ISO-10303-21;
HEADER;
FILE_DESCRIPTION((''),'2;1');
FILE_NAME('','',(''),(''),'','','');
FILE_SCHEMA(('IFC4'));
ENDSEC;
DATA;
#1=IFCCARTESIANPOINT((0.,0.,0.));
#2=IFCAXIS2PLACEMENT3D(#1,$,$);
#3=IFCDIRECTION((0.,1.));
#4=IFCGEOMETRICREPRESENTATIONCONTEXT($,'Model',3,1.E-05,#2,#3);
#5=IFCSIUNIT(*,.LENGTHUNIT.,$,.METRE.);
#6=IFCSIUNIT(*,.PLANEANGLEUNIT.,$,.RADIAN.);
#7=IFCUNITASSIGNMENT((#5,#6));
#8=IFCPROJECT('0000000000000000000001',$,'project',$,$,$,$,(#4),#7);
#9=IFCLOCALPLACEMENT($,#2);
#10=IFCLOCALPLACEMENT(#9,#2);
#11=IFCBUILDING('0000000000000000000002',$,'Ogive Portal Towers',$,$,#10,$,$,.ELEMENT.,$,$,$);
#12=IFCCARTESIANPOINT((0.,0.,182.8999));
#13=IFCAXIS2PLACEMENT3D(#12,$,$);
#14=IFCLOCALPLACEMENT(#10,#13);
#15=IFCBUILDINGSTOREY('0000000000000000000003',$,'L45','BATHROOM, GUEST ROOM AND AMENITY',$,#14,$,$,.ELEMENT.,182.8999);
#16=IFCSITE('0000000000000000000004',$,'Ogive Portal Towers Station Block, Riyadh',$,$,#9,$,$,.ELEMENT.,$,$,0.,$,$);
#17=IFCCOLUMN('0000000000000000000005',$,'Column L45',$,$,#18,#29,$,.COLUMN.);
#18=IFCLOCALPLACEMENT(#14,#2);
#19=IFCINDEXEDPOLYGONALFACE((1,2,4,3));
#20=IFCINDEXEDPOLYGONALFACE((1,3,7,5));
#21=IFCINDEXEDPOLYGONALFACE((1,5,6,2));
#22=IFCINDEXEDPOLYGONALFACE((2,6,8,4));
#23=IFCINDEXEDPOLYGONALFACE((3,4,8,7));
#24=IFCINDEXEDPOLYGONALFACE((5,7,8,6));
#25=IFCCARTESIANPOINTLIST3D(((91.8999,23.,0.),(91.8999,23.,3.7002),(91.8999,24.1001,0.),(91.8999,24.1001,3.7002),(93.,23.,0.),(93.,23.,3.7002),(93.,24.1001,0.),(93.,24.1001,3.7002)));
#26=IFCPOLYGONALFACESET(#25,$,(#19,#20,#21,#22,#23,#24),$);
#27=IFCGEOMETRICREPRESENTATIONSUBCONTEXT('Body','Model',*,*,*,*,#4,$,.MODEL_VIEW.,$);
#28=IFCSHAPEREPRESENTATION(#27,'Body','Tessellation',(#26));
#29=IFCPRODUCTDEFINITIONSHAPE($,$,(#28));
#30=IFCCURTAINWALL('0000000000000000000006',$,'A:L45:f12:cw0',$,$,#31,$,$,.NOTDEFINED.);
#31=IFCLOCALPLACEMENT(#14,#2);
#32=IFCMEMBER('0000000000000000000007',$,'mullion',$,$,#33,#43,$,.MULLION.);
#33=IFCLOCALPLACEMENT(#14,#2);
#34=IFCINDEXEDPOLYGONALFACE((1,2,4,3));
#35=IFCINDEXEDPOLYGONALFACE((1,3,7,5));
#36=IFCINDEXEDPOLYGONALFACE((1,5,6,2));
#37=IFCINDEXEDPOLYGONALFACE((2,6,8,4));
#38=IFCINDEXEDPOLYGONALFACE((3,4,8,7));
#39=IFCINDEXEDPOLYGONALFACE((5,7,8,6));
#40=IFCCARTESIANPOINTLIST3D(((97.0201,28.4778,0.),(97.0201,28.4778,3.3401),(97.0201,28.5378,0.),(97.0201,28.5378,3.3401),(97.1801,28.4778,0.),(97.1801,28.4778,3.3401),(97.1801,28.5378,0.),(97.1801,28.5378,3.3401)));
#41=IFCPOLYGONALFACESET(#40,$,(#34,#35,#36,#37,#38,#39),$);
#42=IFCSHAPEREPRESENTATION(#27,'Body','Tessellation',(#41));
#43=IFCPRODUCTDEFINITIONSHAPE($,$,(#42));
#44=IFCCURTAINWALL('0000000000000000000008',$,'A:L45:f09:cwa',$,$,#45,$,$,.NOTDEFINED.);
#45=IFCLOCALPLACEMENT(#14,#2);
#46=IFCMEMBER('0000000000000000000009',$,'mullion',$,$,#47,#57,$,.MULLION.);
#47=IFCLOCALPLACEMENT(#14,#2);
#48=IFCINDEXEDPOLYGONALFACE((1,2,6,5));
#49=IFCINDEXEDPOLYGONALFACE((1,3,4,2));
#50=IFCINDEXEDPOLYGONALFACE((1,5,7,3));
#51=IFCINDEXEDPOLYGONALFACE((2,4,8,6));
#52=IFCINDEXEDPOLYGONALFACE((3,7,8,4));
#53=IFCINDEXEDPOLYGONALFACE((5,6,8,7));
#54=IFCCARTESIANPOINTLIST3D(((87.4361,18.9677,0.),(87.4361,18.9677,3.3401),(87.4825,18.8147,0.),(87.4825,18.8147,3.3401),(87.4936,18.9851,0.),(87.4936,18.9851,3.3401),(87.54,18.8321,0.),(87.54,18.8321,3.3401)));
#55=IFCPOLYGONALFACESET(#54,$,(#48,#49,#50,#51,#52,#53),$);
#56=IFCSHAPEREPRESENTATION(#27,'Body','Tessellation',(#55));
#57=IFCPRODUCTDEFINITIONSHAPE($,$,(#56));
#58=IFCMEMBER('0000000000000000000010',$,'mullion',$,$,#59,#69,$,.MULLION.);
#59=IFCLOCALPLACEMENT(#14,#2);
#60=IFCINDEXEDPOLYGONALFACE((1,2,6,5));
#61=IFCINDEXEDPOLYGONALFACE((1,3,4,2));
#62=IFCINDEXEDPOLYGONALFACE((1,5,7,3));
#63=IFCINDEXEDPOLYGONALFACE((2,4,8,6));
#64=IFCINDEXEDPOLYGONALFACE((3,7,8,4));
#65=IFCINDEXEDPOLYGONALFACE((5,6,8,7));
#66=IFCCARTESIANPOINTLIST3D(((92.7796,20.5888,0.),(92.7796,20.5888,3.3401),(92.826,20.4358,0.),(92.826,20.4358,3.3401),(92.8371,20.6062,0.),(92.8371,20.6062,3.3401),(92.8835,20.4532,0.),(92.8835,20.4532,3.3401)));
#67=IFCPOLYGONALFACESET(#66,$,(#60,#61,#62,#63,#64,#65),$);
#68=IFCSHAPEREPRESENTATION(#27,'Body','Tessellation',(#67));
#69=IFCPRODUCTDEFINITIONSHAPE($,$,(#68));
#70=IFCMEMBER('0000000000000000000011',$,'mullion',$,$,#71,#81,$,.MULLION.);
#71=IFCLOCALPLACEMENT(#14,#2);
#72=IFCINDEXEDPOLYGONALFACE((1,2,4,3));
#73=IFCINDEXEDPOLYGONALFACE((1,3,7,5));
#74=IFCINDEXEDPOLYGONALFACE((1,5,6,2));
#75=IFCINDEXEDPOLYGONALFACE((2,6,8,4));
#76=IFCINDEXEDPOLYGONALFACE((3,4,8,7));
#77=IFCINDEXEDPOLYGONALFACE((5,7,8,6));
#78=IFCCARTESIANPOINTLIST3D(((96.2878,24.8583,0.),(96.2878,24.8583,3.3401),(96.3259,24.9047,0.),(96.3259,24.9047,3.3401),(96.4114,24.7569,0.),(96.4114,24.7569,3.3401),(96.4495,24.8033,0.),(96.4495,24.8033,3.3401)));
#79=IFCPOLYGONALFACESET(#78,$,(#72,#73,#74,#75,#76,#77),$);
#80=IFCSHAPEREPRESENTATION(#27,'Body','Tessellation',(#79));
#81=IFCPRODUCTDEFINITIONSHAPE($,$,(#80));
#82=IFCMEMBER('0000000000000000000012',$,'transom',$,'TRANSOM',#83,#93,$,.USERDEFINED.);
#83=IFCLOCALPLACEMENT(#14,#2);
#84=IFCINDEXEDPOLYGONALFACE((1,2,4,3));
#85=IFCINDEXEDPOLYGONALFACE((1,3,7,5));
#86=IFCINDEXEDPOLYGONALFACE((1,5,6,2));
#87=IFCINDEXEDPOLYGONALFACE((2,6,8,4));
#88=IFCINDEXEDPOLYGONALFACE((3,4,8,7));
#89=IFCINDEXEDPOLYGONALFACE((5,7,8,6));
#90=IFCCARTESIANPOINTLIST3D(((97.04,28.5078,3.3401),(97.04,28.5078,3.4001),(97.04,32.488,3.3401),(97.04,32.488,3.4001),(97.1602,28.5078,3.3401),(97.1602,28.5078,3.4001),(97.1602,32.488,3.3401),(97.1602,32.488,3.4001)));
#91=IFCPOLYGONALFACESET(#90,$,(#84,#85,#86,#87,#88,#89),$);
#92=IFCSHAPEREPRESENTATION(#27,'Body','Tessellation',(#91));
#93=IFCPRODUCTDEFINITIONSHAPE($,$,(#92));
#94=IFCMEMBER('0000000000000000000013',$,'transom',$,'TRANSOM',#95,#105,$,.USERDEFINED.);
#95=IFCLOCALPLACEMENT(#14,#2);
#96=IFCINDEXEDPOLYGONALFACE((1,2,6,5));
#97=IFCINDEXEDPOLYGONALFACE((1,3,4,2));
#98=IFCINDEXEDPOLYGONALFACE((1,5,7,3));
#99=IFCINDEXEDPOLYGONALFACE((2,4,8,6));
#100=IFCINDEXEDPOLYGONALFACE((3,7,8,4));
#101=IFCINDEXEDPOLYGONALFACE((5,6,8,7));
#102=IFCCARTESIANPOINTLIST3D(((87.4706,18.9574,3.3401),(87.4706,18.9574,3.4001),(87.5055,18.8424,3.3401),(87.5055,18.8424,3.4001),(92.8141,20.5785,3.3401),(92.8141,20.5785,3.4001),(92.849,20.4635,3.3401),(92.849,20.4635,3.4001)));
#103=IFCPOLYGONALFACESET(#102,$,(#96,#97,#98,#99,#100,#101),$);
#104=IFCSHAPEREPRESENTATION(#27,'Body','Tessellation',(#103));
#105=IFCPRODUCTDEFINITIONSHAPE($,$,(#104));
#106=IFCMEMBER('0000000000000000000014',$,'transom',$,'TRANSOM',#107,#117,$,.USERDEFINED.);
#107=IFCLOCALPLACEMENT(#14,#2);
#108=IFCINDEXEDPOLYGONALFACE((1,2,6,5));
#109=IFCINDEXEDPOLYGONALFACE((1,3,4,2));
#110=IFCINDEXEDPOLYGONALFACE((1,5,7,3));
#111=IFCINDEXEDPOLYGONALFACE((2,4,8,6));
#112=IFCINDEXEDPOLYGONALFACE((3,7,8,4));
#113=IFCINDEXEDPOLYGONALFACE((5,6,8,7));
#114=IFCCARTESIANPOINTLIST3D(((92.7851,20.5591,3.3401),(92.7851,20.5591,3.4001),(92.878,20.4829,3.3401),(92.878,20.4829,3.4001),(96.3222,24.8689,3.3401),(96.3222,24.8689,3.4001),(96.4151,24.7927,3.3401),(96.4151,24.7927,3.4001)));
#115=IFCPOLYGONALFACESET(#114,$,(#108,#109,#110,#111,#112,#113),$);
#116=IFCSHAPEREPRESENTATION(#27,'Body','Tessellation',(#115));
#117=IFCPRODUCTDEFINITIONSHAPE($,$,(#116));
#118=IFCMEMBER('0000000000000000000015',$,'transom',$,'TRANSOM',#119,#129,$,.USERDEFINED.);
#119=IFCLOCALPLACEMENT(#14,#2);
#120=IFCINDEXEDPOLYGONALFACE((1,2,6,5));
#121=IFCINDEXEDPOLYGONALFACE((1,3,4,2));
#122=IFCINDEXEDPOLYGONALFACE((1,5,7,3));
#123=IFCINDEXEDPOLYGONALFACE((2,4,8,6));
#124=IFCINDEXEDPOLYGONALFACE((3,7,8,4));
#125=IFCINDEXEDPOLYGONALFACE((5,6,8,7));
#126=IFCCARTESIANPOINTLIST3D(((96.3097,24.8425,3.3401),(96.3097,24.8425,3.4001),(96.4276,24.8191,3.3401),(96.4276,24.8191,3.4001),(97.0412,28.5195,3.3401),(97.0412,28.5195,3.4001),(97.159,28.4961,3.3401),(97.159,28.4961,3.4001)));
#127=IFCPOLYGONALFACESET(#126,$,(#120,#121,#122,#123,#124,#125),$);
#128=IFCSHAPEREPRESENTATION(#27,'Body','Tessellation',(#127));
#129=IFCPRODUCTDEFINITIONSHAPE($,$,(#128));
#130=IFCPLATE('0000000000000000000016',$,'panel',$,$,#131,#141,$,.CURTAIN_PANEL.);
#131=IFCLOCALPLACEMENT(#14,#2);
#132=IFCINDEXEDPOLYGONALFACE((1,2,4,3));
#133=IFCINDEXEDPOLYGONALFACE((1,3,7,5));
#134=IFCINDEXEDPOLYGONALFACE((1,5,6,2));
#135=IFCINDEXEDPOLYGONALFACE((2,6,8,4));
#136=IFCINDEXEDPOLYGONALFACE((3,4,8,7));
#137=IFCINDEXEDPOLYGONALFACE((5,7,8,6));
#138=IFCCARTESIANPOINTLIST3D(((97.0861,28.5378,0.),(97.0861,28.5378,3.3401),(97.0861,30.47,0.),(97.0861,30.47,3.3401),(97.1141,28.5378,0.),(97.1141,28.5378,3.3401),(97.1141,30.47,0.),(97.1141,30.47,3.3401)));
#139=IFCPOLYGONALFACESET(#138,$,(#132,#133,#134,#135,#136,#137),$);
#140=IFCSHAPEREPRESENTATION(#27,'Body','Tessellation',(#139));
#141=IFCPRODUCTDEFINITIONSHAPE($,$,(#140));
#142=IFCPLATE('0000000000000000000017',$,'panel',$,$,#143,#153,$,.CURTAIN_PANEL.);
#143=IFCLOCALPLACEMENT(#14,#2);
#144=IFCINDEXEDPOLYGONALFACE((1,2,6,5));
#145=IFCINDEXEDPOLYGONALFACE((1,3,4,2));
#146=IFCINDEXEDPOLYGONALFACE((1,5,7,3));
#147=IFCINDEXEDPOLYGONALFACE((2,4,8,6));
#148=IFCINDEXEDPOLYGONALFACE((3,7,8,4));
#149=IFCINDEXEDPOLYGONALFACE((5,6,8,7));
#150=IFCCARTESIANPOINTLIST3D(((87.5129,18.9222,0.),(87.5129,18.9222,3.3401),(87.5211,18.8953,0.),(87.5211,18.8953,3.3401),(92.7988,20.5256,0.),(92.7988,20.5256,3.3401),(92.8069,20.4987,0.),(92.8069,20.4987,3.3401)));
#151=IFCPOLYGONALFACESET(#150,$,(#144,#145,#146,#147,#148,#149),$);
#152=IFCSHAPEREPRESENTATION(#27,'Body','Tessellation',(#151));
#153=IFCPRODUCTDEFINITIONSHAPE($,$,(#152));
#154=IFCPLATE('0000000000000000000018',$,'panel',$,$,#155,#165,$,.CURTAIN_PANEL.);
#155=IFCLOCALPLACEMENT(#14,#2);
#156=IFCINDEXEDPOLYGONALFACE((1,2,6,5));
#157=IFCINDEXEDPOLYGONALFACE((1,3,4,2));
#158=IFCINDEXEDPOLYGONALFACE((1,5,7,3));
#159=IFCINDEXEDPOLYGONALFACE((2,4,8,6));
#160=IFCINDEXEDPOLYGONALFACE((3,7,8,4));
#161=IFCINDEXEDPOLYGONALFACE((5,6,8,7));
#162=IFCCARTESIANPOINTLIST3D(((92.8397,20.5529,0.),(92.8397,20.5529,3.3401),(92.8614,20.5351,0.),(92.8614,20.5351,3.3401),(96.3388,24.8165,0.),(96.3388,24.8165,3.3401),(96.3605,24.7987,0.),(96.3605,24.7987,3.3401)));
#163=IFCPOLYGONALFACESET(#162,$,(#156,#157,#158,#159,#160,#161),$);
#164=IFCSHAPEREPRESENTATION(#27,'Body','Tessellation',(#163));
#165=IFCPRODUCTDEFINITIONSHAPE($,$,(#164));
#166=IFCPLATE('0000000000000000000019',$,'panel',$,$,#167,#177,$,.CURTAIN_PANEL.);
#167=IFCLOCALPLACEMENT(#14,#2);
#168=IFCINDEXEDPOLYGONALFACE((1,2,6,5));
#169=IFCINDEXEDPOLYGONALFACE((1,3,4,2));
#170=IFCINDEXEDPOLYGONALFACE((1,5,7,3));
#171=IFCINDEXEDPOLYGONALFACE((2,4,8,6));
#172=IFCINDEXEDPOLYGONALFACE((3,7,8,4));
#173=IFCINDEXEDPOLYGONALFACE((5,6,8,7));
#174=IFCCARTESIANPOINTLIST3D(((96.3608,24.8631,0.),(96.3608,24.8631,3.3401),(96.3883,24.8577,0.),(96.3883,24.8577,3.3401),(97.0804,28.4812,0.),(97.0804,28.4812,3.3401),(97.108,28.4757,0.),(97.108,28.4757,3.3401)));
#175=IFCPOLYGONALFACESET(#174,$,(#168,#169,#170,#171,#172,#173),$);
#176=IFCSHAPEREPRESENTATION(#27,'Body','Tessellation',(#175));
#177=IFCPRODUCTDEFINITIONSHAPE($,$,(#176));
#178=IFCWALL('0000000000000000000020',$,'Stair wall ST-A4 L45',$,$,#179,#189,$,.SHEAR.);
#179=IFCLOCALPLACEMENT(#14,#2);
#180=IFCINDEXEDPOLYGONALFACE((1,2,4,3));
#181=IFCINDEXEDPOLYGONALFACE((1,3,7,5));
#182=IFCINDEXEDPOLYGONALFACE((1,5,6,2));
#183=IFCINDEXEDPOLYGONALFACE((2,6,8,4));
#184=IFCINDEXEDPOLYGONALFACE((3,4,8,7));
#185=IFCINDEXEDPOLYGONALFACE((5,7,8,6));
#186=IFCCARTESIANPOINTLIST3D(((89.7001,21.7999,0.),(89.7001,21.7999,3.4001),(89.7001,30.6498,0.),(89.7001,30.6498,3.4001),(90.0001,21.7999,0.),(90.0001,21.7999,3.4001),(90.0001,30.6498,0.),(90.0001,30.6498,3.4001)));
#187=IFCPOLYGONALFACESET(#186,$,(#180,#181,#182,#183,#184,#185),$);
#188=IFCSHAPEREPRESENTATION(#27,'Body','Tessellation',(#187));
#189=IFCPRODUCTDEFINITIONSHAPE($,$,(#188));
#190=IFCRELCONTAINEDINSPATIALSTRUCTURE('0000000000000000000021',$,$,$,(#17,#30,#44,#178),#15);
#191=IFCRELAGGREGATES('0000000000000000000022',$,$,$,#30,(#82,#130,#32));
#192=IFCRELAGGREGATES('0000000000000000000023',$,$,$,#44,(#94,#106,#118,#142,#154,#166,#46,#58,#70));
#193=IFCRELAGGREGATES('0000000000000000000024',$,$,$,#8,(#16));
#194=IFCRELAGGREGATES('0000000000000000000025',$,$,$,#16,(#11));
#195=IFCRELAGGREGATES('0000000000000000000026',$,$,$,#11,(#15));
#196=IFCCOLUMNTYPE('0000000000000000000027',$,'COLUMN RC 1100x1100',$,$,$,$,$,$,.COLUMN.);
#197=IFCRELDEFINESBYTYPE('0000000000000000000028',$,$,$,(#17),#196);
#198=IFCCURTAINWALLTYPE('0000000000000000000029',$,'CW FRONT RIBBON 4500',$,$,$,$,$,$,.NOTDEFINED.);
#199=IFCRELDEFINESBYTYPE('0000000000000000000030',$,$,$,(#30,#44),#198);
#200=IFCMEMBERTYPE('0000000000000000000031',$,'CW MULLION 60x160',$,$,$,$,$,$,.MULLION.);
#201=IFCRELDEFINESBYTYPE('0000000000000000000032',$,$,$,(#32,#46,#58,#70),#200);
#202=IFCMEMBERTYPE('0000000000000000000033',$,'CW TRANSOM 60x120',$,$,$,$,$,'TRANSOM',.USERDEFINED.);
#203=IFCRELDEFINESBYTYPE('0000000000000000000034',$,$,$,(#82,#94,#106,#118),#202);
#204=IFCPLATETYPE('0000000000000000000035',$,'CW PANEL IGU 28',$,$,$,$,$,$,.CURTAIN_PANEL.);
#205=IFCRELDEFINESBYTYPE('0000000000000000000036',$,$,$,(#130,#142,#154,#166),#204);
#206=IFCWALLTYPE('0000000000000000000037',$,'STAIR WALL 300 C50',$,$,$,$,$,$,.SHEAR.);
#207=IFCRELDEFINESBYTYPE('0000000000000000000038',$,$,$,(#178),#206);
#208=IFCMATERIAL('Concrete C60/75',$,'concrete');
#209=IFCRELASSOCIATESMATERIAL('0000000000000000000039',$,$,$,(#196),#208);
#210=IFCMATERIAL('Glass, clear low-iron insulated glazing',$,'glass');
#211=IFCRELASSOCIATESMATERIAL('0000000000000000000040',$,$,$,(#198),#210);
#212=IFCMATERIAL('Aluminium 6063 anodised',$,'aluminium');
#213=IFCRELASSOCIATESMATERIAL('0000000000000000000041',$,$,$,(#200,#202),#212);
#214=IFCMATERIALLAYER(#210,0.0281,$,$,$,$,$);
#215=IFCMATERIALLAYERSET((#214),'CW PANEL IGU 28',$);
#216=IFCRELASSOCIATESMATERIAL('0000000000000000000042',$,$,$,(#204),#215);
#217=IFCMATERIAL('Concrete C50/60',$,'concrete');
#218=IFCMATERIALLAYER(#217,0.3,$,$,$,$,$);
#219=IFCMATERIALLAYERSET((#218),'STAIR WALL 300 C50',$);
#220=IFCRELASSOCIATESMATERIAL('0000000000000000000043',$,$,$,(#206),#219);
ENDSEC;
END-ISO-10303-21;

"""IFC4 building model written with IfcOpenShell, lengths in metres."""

from ifc_helpers import new_model, si_unit, direction, frame, frame_2d, origin, origin_2d, place, context, subcontext, project, spatial, rectangle, extrude, material, layer, layer_set, material_profile, profile_set, type_object, element, aggregate, save


model = new_model("IFC4")

# Units and contexts
model_context = context("Model", 3, precision=1e-05, world=origin(), true_north=direction((0.0, 1.0)))
body_context = subcontext(model_context, "Body", "Model", "MODEL_VIEW")
ifc_project = project(units=[si_unit("LENGTHUNIT", "METRE"), si_unit("PLANEANGLEUNIT", "RADIAN")], contexts=[model_context])

# Site, building, storey
site_placement = place(None, origin())
site = spatial("IfcSite", under=ifc_project, at=site_placement, Name="Ogive Portal Towers Station Block, Riyadh", CompositionType="ELEMENT", RefElevation=0.0)
building_placement = place(site_placement, origin())
building = spatial("IfcBuilding", under=site, at=building_placement, Name="Ogive Portal Towers", CompositionType="ELEMENT")
storey_placement = place(building_placement, frame((0.0, 0.0, 182.8999)))
storey = spatial("IfcBuildingStorey", under=building, at=storey_placement, Name="L45", Description="BATHROOM, GUEST ROOM AND AMENITY", CompositionType="ELEMENT", Elevation=182.8999)

# Column
ifc_material_1 = material(Name="Concrete C60/75", Category="concrete")
ifc_material_profile_1 = material_profile(ifc_material_1, rectangle(XDim=1.1001, YDim=1.1001, at=origin_2d()), Name="RC 1100x1100")
ifc_profile_set_1 = profile_set([ifc_material_profile_1], Name="Concrete C60/75")
column_type = type_object("IfcColumnType", Name="COLUMN RC 1100x1100", PredefinedType="COLUMN", material=ifc_profile_set_1)
column_placement = place(storey_placement, frame((92.45, 23.55, 0.0), z_axis=(0.0, 0.0, 1.0), x_axis=(1.0, 0.0, 0.0)))
element("IfcColumn", 1, at=column_placement, inside=storey, type_object=column_type, Name="Column L45", PredefinedType="COLUMN", context=body_context, shape_type="SweptSolid", body=[
    extrude(rectangle(XDim=1.1001, YDim=1.1001, at=origin_2d()), origin(), (0.0, 0.0, 1.0), 3.7002),
])

# Curtain wall, member
ifc_material_2 = material(Name="Glass, clear low-iron insulated glazing", Category="glass")
curtain_wall_type = type_object("IfcCurtainWallType", Name="CW FRONT RIBBON 4500", PredefinedType="NOTDEFINED", material=ifc_material_2)
curtain_wall_1_placement = place(storey_placement, origin())
curtain_wall_1 = element("IfcCurtainWall", 2, at=curtain_wall_1_placement, inside=storey, type_object=curtain_wall_type, Name="A:L45:f12:cw0", PredefinedType="NOTDEFINED")
ifc_material_3 = material(Name="Aluminium 6063 anodised", Category="aluminium")
ifc_material_profile_2 = material_profile(ifc_material_3, rectangle(XDim=0.1599, YDim=0.0601, at=origin_2d()), Name="AL 60x160")
ifc_profile_set_2 = profile_set([ifc_material_profile_2], Name="Aluminium 6063 anodised")
member_type_1 = type_object("IfcMemberType", Name="CW MULLION 60x160", PredefinedType="MULLION", material=ifc_profile_set_2)
member_1_placement = place(storey_placement, frame((97.1001, 28.5078, 0.0), z_axis=(0.0, 0.0, 1.0), x_axis=(-1.0, 0.0, 0.0)))
member_1 = element("IfcMember", 3, at=member_1_placement, type_object=member_type_1, Name="mullion", PredefinedType="MULLION", context=body_context, shape_type="SweptSolid", body=[
    extrude(rectangle(XDim=0.1599, YDim=0.0601, at=origin_2d()), origin(), (0.0, 0.0, 1.0), 3.3401),
])

# Curtain wall, members
curtain_wall_2_placement = place(storey_placement, origin())
curtain_wall_2 = element("IfcCurtainWall", 4, at=curtain_wall_2_placement, inside=storey, type_object=curtain_wall_type, Name="A:L45:f09:cwa", PredefinedType="NOTDEFINED")
member_2_placement = place(storey_placement, frame((87.488, 18.8999, 0.0), z_axis=(0.0, 0.0, 1.0), x_axis=(-0.290285, 0.95694, 0.0)))
member_2 = element("IfcMember", 5, at=member_2_placement, type_object=member_type_1, Name="mullion", PredefinedType="MULLION", context=body_context, shape_type="SweptSolid", body=[
    extrude(rectangle(XDim=0.1599, YDim=0.0601, at=origin_2d()), origin(), (0.0, 0.0, 1.0), 3.3401),
])
member_3_placement = place(storey_placement, frame((92.8315, 20.521, 0.0), z_axis=(0.0, 0.0, 1.0), x_axis=(-0.290285, 0.95694, 0.0)))
member_3 = element("IfcMember", 6, at=member_3_placement, type_object=member_type_1, Name="mullion", PredefinedType="MULLION", context=body_context, shape_type="SweptSolid", body=[
    extrude(rectangle(XDim=0.1599, YDim=0.0601, at=origin_2d()), origin(), (0.0, 0.0, 1.0), 3.3401),
])
member_4_placement = place(storey_placement, frame((96.3687, 24.8308, 0.0), z_axis=(0.0, 0.0, 1.0), x_axis=(-0.77301, 0.634393, 0.0)))
member_4 = element("IfcMember", 7, at=member_4_placement, type_object=member_type_1, Name="mullion", PredefinedType="MULLION", context=body_context, shape_type="SweptSolid", body=[
    extrude(rectangle(XDim=0.1599, YDim=0.0601, at=origin_2d()), origin(), (0.0, 0.0, 1.0), 3.3401),
])

# Members
ifc_material_profile_3 = material_profile(ifc_material_3, rectangle(XDim=0.1201, YDim=0.0601, at=origin_2d()), Name="AL 120x60")
ifc_profile_set_3 = profile_set([ifc_material_profile_3], Name="Aluminium 6063 anodised")
member_type_2 = type_object("IfcMemberType", Name="CW TRANSOM 60x120", ElementType="TRANSOM", PredefinedType="USERDEFINED", material=ifc_profile_set_3)
member_5_placement = place(storey_placement, frame((97.1001, 28.5078, 3.3701), z_axis=(0.0, 1.0, 0.0), x_axis=(-1.0, 0.0, 0.0)))
member_5 = element("IfcMember", 8, at=member_5_placement, type_object=member_type_2, Name="transom", ObjectType="TRANSOM", PredefinedType="USERDEFINED", context=body_context, shape_type="SweptSolid", body=[
    extrude(rectangle(XDim=0.1201, YDim=0.0601, at=origin_2d()), origin(), (0.0, 0.0, 1.0), 3.9802),
])
member_6_placement = place(storey_placement, frame((87.488, 18.8999, 3.3701), z_axis=(0.956932, 0.290311, 0.0), x_axis=(-0.290311, 0.956932, 0.0)))
member_6 = element("IfcMember", 9, at=member_6_placement, type_object=member_type_2, Name="transom", ObjectType="TRANSOM", PredefinedType="USERDEFINED", context=body_context, shape_type="SweptSolid", body=[
    extrude(rectangle(XDim=0.1201, YDim=0.0601, at=origin_2d()), origin(), (0.0, 0.0, 1.0), 5.584),
])
member_7_placement = place(storey_placement, frame((92.8315, 20.521, 3.3701), z_axis=(0.634408, 0.772998, 0.0), x_axis=(-0.772998, 0.634408, 0.0)))
member_7 = element("IfcMember", 10, at=member_7_placement, type_object=member_type_2, Name="transom", ObjectType="TRANSOM", PredefinedType="USERDEFINED", context=body_context, shape_type="SweptSolid", body=[
    extrude(rectangle(XDim=0.1201, YDim=0.0601, at=origin_2d()), origin(), (0.0, 0.0, 1.0), 5.5754),
])
member_8_placement = place(storey_placement, frame((96.3687, 24.8308, 3.3701), z_axis=(0.195102, 0.980783, 0.0), x_axis=(-0.980783, 0.195102, 0.0)))
member_8 = element("IfcMember", 11, at=member_8_placement, type_object=member_type_2, Name="transom", ObjectType="TRANSOM", PredefinedType="USERDEFINED", context=body_context, shape_type="SweptSolid", body=[
    extrude(rectangle(XDim=0.1201, YDim=0.0601, at=origin_2d()), origin(), (0.0, 0.0, 1.0), 3.749),
])

# Plates
ifc_layer_1 = layer(ifc_material_2, 0.0281)
ifc_layer_set_1 = layer_set([ifc_layer_1], Name="CW PANEL IGU 28")
plate_type = type_object("IfcPlateType", Name="CW PANEL IGU 28", PredefinedType="CURTAIN_PANEL", material=ifc_layer_set_1)
plate_1_placement = place(storey_placement, frame((97.1001, 29.5039, 0.0), z_axis=(0.0, 0.0, 1.0), x_axis=(0.0, 1.0, 0.0)))
plate_1 = element("IfcPlate", 12, at=plate_1_placement, type_object=plate_type, Name="panel", PredefinedType="CURTAIN_PANEL", context=body_context, shape_type="SweptSolid", body=[
    extrude(rectangle(XDim=1.9321, YDim=0.0281, at=origin_2d()), origin(), (0.0, 0.0, 1.0), 3.3401),
])
aggregate(curtain_wall_1, [member_5, plate_1, member_1])
plate_2_placement = place(storey_placement, frame((90.1599, 19.7104, 0.0), z_axis=(0.0, 0.0, 1.0), x_axis=(0.95694, 0.290285, 0.0)))
plate_2 = element("IfcPlate", 13, at=plate_2_placement, type_object=plate_type, Name="panel", PredefinedType="CURTAIN_PANEL", context=body_context, shape_type="SweptSolid", body=[
    extrude(rectangle(XDim=5.5237, YDim=0.0281, at=origin_2d()), origin(), (0.0, 0.0, 1.0), 3.3401),
])
plate_3_placement = place(storey_placement, frame((94.6001, 22.6758, 0.0), z_axis=(0.0, 0.0, 1.0), x_axis=(0.634393, 0.77301, 0.0)))
plate_3 = element("IfcPlate", 14, at=plate_3_placement, type_object=plate_type, Name="panel", PredefinedType="CURTAIN_PANEL", context=body_context, shape_type="SweptSolid", body=[
    extrude(rectangle(XDim=5.5156, YDim=0.0281, at=origin_2d()), origin(), (0.0, 0.0, 1.0), 3.3401),
])
plate_4_placement = place(storey_placement, frame((96.7344, 26.6694, 0.0), z_axis=(0.0, 0.0, 1.0), x_axis=(0.19509, 0.980785, 0.0)))
plate_4 = element("IfcPlate", 15, at=plate_4_placement, type_object=plate_type, Name="panel", PredefinedType="CURTAIN_PANEL", context=body_context, shape_type="SweptSolid", body=[
    extrude(rectangle(XDim=3.689, YDim=0.0281, at=origin_2d()), origin(), (0.0, 0.0, 1.0), 3.3401),
])
aggregate(curtain_wall_2, [member_6, member_7, member_8, plate_2, plate_3, plate_4, member_2, member_3, member_4])

# Wall
ifc_material_4 = material(Name="Concrete C50/60", Category="concrete")
ifc_layer_2 = layer(ifc_material_4, 0.3)
ifc_layer_set_2 = layer_set([ifc_layer_2], Name="STAIR WALL 300 C50")
wall_type_1 = type_object("IfcWallType", Name="STAIR WALL 300 C50", PredefinedType="SHEAR", material=ifc_layer_set_2)
wall_1_placement = place(storey_placement, frame((89.8501, 21.8, 0.0), z_axis=(0.0, 0.0, 1.0), x_axis=(0.0, 1.0, 0.0)))
element("IfcWall", 16, at=wall_1_placement, inside=storey, type_object=wall_type_1, Name="Stair wall ST-A4 L45", PredefinedType="SHEAR", context=body_context, shape_type="SweptSolid", body=[
    extrude(rectangle(XDim=8.8499, YDim=0.3, at=frame_2d((4.4248, 0.0))), origin(), (0.0, 0.0, 1.0), 3.4001),
])

save(model, "model.ifc")
